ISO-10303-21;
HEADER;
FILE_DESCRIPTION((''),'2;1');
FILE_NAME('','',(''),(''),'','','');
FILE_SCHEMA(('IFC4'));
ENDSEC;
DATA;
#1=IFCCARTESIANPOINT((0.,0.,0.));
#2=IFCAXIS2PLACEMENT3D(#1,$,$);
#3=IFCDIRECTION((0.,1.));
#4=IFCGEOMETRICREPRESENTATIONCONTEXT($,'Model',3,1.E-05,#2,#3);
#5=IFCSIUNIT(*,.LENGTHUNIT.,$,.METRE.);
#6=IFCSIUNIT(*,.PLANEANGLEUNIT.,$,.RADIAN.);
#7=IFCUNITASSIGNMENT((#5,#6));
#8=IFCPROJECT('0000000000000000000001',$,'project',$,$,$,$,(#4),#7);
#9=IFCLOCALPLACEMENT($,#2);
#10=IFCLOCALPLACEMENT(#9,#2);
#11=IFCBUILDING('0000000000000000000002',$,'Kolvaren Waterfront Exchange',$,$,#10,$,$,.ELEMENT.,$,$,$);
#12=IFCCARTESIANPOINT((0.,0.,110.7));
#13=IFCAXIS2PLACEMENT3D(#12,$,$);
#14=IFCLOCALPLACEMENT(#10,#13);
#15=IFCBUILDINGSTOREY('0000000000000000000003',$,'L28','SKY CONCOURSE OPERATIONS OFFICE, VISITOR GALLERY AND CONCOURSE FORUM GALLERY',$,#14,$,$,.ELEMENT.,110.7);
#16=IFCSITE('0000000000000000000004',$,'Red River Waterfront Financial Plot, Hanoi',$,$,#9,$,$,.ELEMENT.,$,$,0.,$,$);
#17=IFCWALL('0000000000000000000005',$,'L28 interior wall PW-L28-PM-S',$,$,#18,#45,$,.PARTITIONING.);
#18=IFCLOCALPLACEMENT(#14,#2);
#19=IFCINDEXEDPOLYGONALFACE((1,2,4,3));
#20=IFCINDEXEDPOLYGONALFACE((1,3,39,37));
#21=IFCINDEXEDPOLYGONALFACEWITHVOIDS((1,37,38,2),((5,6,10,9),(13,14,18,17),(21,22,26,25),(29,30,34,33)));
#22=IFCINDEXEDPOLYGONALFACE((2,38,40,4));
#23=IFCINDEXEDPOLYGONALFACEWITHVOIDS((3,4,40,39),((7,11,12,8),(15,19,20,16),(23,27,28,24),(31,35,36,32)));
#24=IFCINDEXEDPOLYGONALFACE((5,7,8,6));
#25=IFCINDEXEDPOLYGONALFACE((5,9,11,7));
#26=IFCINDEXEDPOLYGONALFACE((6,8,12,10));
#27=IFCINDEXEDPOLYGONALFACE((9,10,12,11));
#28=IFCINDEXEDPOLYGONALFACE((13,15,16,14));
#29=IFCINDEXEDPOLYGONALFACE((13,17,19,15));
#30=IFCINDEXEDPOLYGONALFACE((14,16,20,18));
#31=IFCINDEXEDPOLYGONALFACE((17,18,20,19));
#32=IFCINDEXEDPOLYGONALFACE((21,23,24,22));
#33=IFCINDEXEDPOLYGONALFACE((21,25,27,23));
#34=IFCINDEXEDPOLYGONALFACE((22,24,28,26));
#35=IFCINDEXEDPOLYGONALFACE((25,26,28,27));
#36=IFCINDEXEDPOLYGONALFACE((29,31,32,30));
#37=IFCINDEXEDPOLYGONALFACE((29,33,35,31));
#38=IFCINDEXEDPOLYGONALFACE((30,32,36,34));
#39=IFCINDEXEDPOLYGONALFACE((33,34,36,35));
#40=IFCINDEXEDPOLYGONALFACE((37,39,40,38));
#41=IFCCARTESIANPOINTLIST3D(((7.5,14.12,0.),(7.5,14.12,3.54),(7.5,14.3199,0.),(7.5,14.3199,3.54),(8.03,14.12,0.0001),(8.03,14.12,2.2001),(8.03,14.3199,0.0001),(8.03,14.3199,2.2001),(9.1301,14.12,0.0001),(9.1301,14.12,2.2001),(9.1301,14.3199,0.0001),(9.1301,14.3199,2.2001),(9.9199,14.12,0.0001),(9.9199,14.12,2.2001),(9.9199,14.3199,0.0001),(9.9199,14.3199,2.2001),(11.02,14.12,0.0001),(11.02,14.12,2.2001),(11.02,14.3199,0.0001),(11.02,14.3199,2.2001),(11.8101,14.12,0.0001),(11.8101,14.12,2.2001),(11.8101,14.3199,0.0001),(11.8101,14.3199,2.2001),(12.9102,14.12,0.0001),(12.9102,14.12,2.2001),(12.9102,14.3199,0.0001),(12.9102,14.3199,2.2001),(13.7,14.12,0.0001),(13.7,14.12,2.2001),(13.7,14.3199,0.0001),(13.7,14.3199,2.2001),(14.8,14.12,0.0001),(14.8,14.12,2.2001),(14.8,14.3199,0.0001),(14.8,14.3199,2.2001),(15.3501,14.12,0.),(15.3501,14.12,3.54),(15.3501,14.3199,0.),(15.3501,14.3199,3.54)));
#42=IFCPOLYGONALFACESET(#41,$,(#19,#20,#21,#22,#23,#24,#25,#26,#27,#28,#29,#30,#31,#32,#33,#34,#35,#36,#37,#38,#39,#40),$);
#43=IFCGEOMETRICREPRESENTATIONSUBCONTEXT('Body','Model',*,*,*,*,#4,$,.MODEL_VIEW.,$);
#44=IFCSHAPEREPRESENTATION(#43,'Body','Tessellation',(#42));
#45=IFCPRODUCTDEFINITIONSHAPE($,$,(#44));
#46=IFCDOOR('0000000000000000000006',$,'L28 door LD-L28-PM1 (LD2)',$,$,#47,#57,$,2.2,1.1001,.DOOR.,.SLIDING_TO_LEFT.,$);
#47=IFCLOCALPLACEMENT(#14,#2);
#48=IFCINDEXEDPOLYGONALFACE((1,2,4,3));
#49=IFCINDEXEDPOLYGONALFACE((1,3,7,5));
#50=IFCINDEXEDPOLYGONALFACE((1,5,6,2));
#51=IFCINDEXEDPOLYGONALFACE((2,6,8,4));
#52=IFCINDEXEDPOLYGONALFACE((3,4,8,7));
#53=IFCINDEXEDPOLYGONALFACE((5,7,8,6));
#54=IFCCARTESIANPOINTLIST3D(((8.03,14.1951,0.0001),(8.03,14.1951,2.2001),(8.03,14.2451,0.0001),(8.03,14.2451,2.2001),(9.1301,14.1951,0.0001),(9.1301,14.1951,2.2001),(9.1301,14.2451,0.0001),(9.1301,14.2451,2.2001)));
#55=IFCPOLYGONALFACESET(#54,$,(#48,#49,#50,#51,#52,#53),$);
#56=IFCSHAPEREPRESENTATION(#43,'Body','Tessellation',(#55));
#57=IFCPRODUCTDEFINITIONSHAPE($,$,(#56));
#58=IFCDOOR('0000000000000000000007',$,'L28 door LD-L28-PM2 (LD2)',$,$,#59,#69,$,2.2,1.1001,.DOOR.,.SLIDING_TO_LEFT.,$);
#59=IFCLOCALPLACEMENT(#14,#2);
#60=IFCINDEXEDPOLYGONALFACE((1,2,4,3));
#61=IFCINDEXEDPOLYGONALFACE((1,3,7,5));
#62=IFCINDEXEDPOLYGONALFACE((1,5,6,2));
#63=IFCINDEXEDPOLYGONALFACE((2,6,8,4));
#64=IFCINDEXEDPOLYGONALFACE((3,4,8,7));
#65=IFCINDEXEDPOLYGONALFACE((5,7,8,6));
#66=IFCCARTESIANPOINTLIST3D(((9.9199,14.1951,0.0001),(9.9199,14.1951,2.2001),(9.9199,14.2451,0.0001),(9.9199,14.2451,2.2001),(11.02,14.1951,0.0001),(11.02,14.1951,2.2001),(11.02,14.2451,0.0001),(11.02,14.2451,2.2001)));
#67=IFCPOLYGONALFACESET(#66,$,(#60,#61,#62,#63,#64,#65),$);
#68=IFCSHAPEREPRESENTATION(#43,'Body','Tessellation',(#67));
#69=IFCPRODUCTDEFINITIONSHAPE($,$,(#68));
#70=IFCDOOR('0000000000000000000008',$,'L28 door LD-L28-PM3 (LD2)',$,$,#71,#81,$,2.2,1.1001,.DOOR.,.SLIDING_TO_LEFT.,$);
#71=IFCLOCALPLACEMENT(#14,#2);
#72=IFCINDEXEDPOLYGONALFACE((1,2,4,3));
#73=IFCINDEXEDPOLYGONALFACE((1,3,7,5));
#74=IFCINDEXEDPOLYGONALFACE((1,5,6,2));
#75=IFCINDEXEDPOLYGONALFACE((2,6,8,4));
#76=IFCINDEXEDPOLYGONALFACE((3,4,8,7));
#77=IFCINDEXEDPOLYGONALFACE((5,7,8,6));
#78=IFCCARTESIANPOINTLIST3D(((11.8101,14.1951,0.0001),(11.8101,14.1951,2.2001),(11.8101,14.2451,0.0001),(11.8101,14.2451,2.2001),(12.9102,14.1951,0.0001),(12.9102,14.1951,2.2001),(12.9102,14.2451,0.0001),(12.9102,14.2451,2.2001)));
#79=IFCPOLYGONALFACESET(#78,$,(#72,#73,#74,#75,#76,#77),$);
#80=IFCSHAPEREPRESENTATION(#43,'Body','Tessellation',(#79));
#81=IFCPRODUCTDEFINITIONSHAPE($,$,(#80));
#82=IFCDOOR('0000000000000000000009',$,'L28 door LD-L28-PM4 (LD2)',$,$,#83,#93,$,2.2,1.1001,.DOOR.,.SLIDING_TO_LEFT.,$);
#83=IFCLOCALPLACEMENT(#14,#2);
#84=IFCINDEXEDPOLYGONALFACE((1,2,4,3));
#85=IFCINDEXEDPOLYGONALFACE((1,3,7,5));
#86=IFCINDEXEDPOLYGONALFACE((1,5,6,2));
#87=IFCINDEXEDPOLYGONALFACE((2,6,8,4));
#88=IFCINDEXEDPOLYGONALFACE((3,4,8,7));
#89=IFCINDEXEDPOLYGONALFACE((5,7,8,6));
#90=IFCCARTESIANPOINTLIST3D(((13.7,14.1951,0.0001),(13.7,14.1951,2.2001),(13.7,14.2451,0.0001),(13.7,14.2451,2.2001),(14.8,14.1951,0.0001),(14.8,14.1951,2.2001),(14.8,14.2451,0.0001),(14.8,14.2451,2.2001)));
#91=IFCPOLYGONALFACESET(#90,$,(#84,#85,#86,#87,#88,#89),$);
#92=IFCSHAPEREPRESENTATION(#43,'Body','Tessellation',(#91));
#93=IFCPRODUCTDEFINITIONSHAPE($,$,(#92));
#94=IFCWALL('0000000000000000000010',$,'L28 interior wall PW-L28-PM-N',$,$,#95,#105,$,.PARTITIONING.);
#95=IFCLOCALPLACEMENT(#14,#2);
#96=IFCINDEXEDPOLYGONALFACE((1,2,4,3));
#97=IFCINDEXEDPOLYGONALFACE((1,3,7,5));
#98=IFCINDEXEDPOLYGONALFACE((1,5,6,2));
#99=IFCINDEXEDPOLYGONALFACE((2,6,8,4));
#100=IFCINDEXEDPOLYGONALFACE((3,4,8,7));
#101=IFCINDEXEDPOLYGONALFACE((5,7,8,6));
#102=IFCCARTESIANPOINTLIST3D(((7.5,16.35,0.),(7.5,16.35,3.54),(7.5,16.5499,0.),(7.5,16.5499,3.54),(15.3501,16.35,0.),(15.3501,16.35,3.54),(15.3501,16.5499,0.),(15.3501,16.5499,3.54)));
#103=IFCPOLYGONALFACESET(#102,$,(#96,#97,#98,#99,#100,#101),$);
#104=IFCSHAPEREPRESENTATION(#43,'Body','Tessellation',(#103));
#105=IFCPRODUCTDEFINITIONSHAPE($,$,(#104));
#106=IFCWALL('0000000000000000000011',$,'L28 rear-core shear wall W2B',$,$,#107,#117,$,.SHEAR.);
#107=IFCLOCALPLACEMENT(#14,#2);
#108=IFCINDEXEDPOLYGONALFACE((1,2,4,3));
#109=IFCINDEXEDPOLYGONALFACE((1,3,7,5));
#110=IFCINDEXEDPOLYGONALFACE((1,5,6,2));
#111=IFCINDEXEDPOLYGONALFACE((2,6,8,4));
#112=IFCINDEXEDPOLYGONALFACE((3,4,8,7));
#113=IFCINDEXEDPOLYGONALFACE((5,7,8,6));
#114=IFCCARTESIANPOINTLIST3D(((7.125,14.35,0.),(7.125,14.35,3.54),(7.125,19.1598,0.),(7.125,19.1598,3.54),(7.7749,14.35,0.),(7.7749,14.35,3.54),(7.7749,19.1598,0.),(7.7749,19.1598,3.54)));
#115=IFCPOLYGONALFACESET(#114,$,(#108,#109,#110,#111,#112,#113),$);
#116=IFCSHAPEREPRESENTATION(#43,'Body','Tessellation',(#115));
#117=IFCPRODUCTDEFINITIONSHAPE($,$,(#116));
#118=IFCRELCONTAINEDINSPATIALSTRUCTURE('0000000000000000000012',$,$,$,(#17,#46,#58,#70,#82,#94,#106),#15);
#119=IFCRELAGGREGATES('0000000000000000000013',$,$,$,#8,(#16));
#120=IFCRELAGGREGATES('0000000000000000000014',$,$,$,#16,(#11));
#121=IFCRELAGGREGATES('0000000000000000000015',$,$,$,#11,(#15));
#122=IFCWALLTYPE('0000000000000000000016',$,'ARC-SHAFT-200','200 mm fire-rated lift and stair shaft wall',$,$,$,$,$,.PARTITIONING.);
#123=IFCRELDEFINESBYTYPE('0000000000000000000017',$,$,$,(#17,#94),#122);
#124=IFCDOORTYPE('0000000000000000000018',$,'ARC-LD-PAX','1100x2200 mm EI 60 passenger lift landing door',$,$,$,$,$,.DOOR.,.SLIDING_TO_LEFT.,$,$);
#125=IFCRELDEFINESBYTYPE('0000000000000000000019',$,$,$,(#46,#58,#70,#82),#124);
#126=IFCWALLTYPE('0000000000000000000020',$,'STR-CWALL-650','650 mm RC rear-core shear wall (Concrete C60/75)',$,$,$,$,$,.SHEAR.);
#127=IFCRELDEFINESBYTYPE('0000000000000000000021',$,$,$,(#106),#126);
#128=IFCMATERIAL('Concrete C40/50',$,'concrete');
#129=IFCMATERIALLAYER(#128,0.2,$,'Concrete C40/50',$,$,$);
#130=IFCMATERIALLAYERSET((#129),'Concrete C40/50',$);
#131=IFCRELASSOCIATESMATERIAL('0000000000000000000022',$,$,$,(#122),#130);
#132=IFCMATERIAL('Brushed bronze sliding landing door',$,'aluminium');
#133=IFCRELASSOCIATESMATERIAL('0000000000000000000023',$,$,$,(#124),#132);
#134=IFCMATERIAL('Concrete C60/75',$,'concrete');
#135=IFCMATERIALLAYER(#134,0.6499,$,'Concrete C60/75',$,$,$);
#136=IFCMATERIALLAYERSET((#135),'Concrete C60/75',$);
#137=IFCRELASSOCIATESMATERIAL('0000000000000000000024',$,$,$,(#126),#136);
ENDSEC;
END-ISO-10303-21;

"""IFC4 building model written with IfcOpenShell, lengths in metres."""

from ifc_helpers import new_model, si_unit, direction, frame, frame_2d, origin, place, context, subcontext, project, spatial, rectangle, extrude, material, layer, layer_set, type_object, element, fill, save


model = new_model("IFC4")

# Units and contexts
model_context = context("Model", 3, precision=1e-05, world=origin(), true_north=direction((0.0, 1.0)))
body_context = subcontext(model_context, "Body", "Model", "MODEL_VIEW")
ifc_project = project(units=[si_unit("LENGTHUNIT", "METRE"), si_unit("PLANEANGLEUNIT", "RADIAN")], contexts=[model_context])

# Site, building, storey
site_placement = place(None, origin())
site = spatial("IfcSite", under=ifc_project, at=site_placement, Name="Red River Waterfront Financial Plot, Hanoi", CompositionType="ELEMENT", RefElevation=0.0)
building_placement = place(site_placement, origin())
building = spatial("IfcBuilding", under=site, at=building_placement, Name="Kolvaren Waterfront Exchange", CompositionType="ELEMENT")
storey_placement = place(building_placement, frame((0.0, 0.0, 110.7)))
storey = spatial("IfcBuildingStorey", under=building, at=storey_placement, Name="L28", Description="SKY CONCOURSE OPERATIONS OFFICE, VISITOR GALLERY AND CONCOURSE FORUM GALLERY", CompositionType="ELEMENT", Elevation=110.7)

# Shared definitions
ifc_material_1 = material(Name="Concrete C60/75", Category="concrete")

# Wall, openings, doors
ifc_material_2 = material(Name="Concrete C40/50", Category="concrete")
ifc_layer_1 = layer(ifc_material_2, 0.2, Name="Concrete C40/50")
ifc_layer_set_1 = layer_set([ifc_layer_1], Name="Concrete C40/50")
wall_type_1 = type_object("IfcWallType", Name="ARC-SHAFT-200", Description="200 mm fire-rated lift and stair shaft wall", PredefinedType="PARTITIONING", material=ifc_layer_set_1)
ifc_material_3 = material(Name="Brushed bronze sliding landing door", Category="aluminium")
door_type = type_object("IfcDoorType", Name="ARC-LD-PAX", Description="1100x2200 mm EI 60 passenger lift landing door", OperationType="SLIDING_TO_LEFT", PredefinedType="DOOR", material=ifc_material_3)
wall_1_placement = place(storey_placement, frame((7.5, 14.22, 0.0), z_axis=(0.0, 0.0, 1.0), x_axis=(1.0, 0.0, 0.0)))
wall_1 = element("IfcWall", 1, at=wall_1_placement, inside=storey, type_object=wall_type_1, Name="L28 interior wall PW-L28-PM-S", PredefinedType="PARTITIONING", context=body_context, shape_type="SweptSolid", body=[
    extrude(rectangle(XDim=7.8501, YDim=0.2, at=frame_2d((3.925, 0.0))), origin(), (0.0, 0.0, 1.0), 3.54),
])
opening_1_placement = place(wall_1_placement, frame((0.53, 0.0, 0.0)))
opening_1 = element("IfcOpeningElement", 2, at=opening_1_placement, cuts=wall_1, PredefinedType="OPENING", context=body_context, shape_type="SweptSolid", body=[
    extrude(rectangle(XDim=1.1001, YDim=2.2, at=frame_2d((0.55, 1.1001))), frame((0.0, 0.1099, 0.0), z_axis=(0.0, -1.0, 0.0), x_axis=(1.0, 0.0, 0.0)), (0.0, 0.0, 1.0), 0.22),
])
opening_2_placement = place(wall_1_placement, frame((2.4199, 0.0, 0.0)))
opening_2 = element("IfcOpeningElement", 3, at=opening_2_placement, cuts=wall_1, PredefinedType="OPENING", context=body_context, shape_type="SweptSolid", body=[
    extrude(rectangle(XDim=1.1001, YDim=2.2, at=frame_2d((0.55, 1.1001))), frame((0.0, 0.1099, 0.0), z_axis=(0.0, -1.0, 0.0), x_axis=(1.0, 0.0, 0.0)), (0.0, 0.0, 1.0), 0.22),
])
opening_3_placement = place(wall_1_placement, frame((4.3101, 0.0, 0.0)))
opening_3 = element("IfcOpeningElement", 4, at=opening_3_placement, cuts=wall_1, PredefinedType="OPENING", context=body_context, shape_type="SweptSolid", body=[
    extrude(rectangle(XDim=1.1001, YDim=2.2, at=frame_2d((0.55, 1.1001))), frame((0.0, 0.1099, 0.0), z_axis=(0.0, -1.0, 0.0), x_axis=(1.0, 0.0, 0.0)), (0.0, 0.0, 1.0), 0.22),
])
opening_4_placement = place(wall_1_placement, frame((6.2, 0.0, 0.0)))
opening_4 = element("IfcOpeningElement", 5, at=opening_4_placement, cuts=wall_1, PredefinedType="OPENING", context=body_context, shape_type="SweptSolid", body=[
    extrude(rectangle(XDim=1.1001, YDim=2.2, at=frame_2d((0.55, 1.1001))), frame((0.0, 0.1099, 0.0), z_axis=(0.0, -1.0, 0.0), x_axis=(1.0, 0.0, 0.0)), (0.0, 0.0, 1.0), 0.22),
])
door_1_placement = place(opening_1_placement, frame((1.1001, 0.0, 0.0), z_axis=(0.0, 0.0, 1.0), x_axis=(-1.0, 0.0, 0.0)))
door_1 = element("IfcDoor", 6, at=door_1_placement, inside=storey, type_object=door_type, Name="L28 door LD-L28-PM1 (LD2)", OperationType="SLIDING_TO_LEFT", OverallHeight=2.2, OverallWidth=1.1001, PredefinedType="DOOR", context=body_context, shape_type="SweptSolid", body=[
    extrude(rectangle(XDim=1.1001, YDim=2.2, at=frame_2d((0.55, 1.1001))), frame((0.0, 0.0249, 0.0), z_axis=(0.0, -1.0, 0.0), x_axis=(1.0, 0.0, 0.0)), (0.0, 0.0, 1.0), 0.05),
])
fill(opening_1, door_1)
door_2_placement = place(opening_2_placement, frame((1.1001, 0.0, 0.0), z_axis=(0.0, 0.0, 1.0), x_axis=(-1.0, 0.0, 0.0)))
door_2 = element("IfcDoor", 7, at=door_2_placement, inside=storey, type_object=door_type, Name="L28 door LD-L28-PM2 (LD2)", OperationType="SLIDING_TO_LEFT", OverallHeight=2.2, OverallWidth=1.1001, PredefinedType="DOOR", context=body_context, shape_type="SweptSolid", body=[
    extrude(rectangle(XDim=1.1001, YDim=2.2, at=frame_2d((0.55, 1.1001))), frame((0.0, 0.0249, 0.0), z_axis=(0.0, -1.0, 0.0), x_axis=(1.0, 0.0, 0.0)), (0.0, 0.0, 1.0), 0.05),
])
fill(opening_2, door_2)
door_3_placement = place(opening_3_placement, frame((1.1001, 0.0, 0.0), z_axis=(0.0, 0.0, 1.0), x_axis=(-1.0, 0.0, 0.0)))
door_3 = element("IfcDoor", 8, at=door_3_placement, inside=storey, type_object=door_type, Name="L28 door LD-L28-PM3 (LD2)", OperationType="SLIDING_TO_LEFT", OverallHeight=2.2, OverallWidth=1.1001, PredefinedType="DOOR", context=body_context, shape_type="SweptSolid", body=[
    extrude(rectangle(XDim=1.1001, YDim=2.2, at=frame_2d((0.55, 1.1001))), frame((0.0, 0.0249, 0.0), z_axis=(0.0, -1.0, 0.0), x_axis=(1.0, 0.0, 0.0)), (0.0, 0.0, 1.0), 0.05),
])
fill(opening_3, door_3)
door_4_placement = place(opening_4_placement, frame((1.1001, 0.0, 0.0), z_axis=(0.0, 0.0, 1.0), x_axis=(-1.0, 0.0, 0.0)))
door_4 = element("IfcDoor", 9, at=door_4_placement, inside=storey, type_object=door_type, Name="L28 door LD-L28-PM4 (LD2)", OperationType="SLIDING_TO_LEFT", OverallHeight=2.2, OverallWidth=1.1001, PredefinedType="DOOR", context=body_context, shape_type="SweptSolid", body=[
    extrude(rectangle(XDim=1.1001, YDim=2.2, at=frame_2d((0.55, 1.1001))), frame((0.0, 0.0249, 0.0), z_axis=(0.0, -1.0, 0.0), x_axis=(1.0, 0.0, 0.0)), (0.0, 0.0, 1.0), 0.05),
])
fill(opening_4, door_4)

# Walls
wall_2_placement = place(storey_placement, frame((7.5, 16.45, 0.0), z_axis=(0.0, 0.0, 1.0), x_axis=(1.0, 0.0, 0.0)))
element("IfcWall", 10, at=wall_2_placement, inside=storey, type_object=wall_type_1, Name="L28 interior wall PW-L28-PM-N", PredefinedType="PARTITIONING", context=body_context, shape_type="SweptSolid", body=[
    extrude(rectangle(XDim=7.8501, YDim=0.2, at=frame_2d((3.925, 0.0))), origin(), (0.0, 0.0, 1.0), 3.54),
])
ifc_layer_2 = layer(ifc_material_1, 0.6499, Name="Concrete C60/75")
ifc_layer_set_2 = layer_set([ifc_layer_2], Name="Concrete C60/75")
wall_type_2 = type_object("IfcWallType", Name="STR-CWALL-650", Description="650 mm RC rear-core shear wall (Concrete C60/75)", PredefinedType="SHEAR", material=ifc_layer_set_2)
wall_3_placement = place(storey_placement, frame((7.45, 14.3501, 0.0), z_axis=(0.0, 0.0, 1.0), x_axis=(0.0, 1.0, 0.0)))
element("IfcWall", 11, at=wall_3_placement, inside=storey, type_object=wall_type_2, Name="L28 rear-core shear wall W2B", PredefinedType="SHEAR", context=body_context, shape_type="SweptSolid", body=[
    extrude(rectangle(XDim=4.8098, YDim=0.6499, at=frame_2d((2.4048, 0.0))), origin(), (0.0, 0.0, 1.0), 3.54),
])

save(model, "model.ifc")
